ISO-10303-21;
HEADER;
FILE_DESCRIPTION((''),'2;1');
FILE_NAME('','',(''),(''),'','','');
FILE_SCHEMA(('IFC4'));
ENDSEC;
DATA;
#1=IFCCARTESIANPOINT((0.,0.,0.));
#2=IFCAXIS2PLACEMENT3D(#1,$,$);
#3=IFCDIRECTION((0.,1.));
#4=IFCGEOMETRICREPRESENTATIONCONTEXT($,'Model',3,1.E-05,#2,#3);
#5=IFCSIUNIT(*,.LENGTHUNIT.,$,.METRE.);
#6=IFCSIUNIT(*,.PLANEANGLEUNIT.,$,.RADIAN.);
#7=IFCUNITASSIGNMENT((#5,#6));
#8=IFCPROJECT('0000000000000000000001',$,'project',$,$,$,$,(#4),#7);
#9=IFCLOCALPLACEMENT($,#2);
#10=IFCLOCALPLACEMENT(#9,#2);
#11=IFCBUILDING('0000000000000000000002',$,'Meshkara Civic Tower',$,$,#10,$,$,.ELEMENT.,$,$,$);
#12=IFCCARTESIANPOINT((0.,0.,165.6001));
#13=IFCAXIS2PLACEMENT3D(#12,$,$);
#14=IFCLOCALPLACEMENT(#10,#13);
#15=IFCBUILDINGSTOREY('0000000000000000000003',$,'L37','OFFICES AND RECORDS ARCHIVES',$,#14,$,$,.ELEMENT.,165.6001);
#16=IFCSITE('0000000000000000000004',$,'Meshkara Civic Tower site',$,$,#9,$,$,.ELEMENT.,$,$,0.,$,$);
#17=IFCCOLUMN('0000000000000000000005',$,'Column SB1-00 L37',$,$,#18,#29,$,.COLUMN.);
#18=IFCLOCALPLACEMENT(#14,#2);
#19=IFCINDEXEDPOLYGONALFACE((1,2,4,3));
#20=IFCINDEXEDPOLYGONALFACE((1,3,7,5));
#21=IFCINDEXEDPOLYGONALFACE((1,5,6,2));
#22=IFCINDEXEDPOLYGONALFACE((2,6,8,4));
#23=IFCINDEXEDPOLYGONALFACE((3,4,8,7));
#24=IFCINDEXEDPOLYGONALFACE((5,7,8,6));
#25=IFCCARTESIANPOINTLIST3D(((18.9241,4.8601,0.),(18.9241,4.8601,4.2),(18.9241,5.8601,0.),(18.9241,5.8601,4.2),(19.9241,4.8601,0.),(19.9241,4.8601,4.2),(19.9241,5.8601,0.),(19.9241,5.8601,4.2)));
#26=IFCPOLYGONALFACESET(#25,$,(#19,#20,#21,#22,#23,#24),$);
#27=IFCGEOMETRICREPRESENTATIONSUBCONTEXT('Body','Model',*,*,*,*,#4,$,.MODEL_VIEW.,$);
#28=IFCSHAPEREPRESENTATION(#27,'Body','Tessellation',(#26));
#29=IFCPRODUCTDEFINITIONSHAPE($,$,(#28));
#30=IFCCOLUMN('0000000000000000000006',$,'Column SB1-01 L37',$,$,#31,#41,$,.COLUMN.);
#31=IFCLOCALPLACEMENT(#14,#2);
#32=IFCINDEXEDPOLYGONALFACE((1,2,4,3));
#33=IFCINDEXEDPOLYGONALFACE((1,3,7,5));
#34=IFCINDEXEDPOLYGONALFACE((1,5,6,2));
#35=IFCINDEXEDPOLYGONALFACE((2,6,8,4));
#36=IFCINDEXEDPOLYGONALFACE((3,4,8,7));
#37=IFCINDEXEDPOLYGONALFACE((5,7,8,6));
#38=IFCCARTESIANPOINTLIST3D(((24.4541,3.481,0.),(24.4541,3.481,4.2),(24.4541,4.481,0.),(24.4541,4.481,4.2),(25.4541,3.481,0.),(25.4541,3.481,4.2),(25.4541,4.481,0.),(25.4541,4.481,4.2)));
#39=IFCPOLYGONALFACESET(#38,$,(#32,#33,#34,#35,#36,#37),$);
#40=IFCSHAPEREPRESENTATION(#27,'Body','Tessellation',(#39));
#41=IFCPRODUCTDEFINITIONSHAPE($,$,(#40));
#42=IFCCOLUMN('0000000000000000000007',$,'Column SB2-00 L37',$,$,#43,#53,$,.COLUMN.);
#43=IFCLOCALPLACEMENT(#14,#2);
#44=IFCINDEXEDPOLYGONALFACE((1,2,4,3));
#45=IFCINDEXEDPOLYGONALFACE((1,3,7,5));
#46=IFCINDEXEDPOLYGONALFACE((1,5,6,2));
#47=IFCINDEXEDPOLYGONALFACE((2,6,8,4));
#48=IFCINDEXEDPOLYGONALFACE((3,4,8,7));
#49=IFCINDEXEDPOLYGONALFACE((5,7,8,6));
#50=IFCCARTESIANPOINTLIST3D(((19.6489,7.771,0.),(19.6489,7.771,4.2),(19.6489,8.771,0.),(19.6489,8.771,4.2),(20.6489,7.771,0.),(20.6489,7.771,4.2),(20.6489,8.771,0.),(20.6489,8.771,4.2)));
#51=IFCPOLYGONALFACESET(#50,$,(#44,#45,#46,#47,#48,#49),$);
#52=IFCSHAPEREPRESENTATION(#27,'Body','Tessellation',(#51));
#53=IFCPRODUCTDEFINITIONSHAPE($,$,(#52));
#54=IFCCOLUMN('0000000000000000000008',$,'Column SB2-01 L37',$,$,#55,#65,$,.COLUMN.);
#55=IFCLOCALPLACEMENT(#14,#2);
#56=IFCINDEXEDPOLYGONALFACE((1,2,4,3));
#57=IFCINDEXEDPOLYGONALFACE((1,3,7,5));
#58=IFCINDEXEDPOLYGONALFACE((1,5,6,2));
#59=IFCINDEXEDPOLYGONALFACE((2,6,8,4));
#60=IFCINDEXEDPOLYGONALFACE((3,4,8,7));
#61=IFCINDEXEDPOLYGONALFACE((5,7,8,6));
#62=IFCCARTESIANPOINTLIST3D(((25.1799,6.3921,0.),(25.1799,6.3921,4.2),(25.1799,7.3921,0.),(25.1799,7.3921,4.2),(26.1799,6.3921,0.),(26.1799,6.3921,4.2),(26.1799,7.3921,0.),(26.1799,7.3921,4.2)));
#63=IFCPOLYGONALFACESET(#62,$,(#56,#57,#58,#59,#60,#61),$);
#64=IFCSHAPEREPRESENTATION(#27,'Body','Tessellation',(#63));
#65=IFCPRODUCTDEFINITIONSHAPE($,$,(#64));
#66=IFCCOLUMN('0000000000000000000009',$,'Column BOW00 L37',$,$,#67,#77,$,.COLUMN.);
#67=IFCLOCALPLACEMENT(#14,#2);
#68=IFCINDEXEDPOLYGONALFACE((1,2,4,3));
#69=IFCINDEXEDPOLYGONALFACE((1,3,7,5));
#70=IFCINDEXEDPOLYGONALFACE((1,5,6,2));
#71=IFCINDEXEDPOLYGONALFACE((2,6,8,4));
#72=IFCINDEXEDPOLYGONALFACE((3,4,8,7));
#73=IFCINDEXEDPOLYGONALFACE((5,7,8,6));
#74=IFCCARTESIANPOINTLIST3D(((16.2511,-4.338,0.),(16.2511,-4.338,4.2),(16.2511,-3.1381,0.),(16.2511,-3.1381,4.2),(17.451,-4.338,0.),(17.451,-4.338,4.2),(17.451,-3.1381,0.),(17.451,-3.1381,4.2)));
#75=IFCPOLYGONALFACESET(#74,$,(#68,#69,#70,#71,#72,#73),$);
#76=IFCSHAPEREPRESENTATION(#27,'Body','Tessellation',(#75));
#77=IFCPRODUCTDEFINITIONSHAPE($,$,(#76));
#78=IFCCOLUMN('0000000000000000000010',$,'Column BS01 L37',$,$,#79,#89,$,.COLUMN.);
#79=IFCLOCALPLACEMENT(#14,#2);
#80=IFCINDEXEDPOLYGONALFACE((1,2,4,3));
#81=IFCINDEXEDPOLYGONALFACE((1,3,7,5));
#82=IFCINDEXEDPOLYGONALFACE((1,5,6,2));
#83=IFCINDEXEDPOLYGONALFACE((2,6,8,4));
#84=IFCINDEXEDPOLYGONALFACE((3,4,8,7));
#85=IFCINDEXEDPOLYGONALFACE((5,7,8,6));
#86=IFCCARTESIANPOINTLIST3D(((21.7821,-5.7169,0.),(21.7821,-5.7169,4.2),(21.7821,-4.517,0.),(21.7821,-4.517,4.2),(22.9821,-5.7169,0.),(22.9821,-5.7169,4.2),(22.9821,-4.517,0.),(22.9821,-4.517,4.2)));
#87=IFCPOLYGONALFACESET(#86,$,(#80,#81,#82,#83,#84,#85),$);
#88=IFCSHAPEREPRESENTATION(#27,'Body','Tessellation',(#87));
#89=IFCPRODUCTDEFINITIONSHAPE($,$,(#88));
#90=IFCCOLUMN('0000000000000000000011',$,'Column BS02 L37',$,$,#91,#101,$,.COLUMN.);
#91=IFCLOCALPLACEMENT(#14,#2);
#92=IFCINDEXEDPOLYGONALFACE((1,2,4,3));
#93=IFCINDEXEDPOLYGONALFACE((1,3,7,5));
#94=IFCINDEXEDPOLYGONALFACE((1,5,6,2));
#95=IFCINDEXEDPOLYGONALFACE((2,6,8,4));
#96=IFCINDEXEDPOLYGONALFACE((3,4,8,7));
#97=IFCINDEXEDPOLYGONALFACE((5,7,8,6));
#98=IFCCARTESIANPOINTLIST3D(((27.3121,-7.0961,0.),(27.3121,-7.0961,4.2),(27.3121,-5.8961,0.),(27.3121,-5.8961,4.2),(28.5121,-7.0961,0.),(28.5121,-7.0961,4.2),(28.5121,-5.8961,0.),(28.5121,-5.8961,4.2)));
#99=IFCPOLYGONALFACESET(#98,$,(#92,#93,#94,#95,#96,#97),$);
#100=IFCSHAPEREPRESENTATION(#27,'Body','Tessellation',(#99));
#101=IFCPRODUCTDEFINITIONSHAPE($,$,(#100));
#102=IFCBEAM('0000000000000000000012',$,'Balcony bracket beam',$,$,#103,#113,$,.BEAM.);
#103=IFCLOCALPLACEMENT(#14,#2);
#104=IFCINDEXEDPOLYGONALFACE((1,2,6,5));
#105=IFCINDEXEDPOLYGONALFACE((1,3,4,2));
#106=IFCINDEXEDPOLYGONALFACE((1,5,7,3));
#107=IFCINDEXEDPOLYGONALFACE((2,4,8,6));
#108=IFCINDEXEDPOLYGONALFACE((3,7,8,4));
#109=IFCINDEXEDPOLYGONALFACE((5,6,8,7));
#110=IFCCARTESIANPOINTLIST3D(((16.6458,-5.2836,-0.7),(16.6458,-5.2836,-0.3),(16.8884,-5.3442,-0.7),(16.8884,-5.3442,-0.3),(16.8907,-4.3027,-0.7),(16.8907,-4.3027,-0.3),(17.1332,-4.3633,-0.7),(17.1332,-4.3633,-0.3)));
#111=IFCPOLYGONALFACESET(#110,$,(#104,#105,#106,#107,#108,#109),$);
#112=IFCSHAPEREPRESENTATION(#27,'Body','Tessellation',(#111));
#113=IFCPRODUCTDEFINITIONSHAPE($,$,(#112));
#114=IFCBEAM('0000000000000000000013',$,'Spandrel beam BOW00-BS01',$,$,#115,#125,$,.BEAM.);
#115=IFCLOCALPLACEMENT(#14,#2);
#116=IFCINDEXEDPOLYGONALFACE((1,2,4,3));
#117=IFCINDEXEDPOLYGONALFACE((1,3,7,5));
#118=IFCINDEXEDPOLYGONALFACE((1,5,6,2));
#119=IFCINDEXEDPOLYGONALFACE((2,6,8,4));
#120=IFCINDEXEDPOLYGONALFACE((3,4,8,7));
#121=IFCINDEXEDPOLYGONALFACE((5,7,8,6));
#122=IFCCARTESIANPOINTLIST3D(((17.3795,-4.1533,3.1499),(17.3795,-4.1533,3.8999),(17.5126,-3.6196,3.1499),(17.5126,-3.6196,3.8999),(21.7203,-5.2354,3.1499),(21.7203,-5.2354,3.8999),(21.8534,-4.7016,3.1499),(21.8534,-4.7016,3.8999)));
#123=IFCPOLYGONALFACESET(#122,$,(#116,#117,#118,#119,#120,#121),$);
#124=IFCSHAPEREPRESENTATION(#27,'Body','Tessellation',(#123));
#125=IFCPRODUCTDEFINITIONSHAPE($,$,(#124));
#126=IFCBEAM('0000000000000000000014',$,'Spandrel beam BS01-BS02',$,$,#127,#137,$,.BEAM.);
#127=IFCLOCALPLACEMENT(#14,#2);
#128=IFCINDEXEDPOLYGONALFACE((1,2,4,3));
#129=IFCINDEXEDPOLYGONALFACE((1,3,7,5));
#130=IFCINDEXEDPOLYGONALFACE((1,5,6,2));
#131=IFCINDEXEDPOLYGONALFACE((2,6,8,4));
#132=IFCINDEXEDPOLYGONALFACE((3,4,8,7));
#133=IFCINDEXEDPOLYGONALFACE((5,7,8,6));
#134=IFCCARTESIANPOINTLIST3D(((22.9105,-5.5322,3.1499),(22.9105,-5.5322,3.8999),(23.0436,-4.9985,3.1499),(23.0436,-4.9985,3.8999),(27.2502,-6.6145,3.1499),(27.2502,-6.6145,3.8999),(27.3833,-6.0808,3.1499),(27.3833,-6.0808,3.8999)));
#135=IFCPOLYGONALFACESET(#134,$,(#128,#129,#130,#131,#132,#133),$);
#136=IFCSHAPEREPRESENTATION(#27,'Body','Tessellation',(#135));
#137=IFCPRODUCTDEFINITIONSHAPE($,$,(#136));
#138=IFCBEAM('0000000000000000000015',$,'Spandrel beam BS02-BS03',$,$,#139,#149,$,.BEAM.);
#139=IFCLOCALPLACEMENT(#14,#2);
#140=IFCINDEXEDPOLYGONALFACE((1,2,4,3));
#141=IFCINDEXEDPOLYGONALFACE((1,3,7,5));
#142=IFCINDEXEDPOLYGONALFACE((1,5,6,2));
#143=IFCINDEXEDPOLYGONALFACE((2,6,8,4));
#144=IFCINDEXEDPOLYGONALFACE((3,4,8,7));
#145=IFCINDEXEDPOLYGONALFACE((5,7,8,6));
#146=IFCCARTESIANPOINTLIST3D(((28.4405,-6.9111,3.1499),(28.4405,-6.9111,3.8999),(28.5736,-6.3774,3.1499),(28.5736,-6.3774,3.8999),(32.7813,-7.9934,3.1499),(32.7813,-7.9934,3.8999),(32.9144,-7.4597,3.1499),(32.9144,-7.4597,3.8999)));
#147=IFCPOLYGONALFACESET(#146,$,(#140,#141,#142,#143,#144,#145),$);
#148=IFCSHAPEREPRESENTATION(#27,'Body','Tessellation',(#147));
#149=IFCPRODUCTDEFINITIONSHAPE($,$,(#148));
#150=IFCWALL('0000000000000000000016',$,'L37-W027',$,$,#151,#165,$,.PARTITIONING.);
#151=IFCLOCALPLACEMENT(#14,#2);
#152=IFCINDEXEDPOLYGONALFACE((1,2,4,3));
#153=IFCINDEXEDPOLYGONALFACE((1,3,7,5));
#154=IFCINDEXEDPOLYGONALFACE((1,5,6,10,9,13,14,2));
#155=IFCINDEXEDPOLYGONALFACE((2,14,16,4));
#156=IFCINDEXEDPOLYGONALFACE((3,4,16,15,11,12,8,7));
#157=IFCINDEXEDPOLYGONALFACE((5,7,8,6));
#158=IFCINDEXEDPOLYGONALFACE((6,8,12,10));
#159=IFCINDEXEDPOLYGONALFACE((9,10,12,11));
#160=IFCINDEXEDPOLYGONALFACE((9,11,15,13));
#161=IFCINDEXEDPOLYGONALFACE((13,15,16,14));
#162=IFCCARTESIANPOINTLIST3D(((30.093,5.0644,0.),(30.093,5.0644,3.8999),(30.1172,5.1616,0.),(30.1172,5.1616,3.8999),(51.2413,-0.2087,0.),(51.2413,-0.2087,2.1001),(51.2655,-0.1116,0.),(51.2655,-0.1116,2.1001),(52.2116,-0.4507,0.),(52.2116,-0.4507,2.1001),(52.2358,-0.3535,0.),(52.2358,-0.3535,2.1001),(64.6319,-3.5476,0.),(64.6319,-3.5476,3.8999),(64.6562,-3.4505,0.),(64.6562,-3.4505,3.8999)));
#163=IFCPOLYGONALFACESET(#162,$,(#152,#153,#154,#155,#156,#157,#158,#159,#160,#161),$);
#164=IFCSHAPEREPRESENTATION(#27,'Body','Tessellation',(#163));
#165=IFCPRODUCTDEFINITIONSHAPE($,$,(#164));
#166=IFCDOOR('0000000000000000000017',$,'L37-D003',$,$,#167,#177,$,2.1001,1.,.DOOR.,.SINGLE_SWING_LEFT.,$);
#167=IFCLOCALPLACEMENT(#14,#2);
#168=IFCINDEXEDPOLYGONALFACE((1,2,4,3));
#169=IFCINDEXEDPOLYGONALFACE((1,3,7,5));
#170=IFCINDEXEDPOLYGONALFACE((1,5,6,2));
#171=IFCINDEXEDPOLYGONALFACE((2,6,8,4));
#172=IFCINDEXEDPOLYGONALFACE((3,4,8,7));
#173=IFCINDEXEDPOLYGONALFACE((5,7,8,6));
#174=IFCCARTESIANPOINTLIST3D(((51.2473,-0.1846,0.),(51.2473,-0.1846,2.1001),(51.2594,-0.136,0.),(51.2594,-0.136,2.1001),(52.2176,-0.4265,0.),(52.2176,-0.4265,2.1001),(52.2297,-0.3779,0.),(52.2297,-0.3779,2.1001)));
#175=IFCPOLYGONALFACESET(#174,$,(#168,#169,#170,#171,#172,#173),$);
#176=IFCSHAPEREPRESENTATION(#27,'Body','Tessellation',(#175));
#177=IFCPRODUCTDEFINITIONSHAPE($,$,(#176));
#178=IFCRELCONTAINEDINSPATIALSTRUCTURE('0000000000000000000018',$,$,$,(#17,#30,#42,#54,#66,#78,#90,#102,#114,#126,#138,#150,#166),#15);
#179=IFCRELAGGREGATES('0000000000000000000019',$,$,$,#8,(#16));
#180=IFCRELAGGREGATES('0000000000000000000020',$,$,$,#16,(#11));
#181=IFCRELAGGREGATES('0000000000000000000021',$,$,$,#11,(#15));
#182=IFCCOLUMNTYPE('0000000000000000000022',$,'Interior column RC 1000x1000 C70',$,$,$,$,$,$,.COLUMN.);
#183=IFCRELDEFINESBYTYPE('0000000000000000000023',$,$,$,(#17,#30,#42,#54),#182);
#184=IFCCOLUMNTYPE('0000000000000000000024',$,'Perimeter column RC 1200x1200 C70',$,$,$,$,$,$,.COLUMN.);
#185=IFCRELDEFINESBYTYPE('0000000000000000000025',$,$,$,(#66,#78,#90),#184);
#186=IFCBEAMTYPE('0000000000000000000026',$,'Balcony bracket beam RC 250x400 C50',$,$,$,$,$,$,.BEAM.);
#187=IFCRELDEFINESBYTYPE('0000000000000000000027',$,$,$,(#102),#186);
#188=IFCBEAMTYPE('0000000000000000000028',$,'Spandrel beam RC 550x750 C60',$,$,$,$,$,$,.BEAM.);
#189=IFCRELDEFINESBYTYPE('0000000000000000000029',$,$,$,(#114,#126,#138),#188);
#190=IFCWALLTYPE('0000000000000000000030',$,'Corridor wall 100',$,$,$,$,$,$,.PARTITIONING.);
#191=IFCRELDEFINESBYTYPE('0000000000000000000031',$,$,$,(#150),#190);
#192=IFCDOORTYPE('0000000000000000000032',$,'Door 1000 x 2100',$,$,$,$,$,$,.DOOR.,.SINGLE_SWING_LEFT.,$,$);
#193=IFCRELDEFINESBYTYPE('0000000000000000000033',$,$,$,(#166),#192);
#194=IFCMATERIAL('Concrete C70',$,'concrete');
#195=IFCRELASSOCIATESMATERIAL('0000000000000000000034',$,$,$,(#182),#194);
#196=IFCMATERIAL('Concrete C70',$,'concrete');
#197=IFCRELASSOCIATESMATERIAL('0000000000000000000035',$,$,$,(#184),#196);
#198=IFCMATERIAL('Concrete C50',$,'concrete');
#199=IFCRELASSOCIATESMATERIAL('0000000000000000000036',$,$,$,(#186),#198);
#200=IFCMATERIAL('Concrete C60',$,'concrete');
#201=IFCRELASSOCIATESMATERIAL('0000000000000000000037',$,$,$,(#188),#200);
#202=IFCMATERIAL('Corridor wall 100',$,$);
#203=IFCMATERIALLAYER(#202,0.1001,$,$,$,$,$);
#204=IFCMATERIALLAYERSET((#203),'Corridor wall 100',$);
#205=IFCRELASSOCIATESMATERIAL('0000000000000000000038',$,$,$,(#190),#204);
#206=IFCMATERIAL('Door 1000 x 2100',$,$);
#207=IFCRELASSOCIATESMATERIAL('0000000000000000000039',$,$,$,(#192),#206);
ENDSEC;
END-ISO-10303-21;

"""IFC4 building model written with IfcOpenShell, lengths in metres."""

from ifc_helpers import new_model, si_unit, direction, frame, frame_2d, origin, origin_2d, place, context, subcontext, project, spatial, rectangle, extrude, material, layer, layer_set, material_profile, profile_set, type_object, element, fill, save


model = new_model("IFC4")

# Units and contexts
model_context = context("Model", 3, precision=1e-05, world=origin(), true_north=direction((0.0, 1.0)))
body_context = subcontext(model_context, "Body", "Model", "MODEL_VIEW")
ifc_project = project(units=[si_unit("LENGTHUNIT", "METRE"), si_unit("PLANEANGLEUNIT", "RADIAN")], contexts=[model_context])

# Site, building, storey
site_placement = place(None, origin())
site = spatial("IfcSite", under=ifc_project, at=site_placement, Name="Meshkara Civic Tower site", CompositionType="ELEMENT", RefElevation=0.0)
building_placement = place(site_placement, origin())
building = spatial("IfcBuilding", under=site, at=building_placement, Name="Meshkara Civic Tower", CompositionType="ELEMENT")
storey_placement = place(building_placement, frame((0.0, 0.0, 165.6001)))
storey = spatial("IfcBuildingStorey", under=building, at=storey_placement, Name="L37", Description="OFFICES AND RECORDS ARCHIVES", CompositionType="ELEMENT", Elevation=165.6001)

# Columns
ifc_material_1 = material(Name="Concrete C70", Category="concrete")
ifc_material_profile_1 = material_profile(ifc_material_1, rectangle(XDim=1.0, YDim=1.0, at=origin_2d()))
ifc_profile_set_1 = profile_set([ifc_material_profile_1], Name="Concrete C70")
column_type_1 = type_object("IfcColumnType", Name="Interior column RC 1000x1000 C70", PredefinedType="COLUMN", material=ifc_profile_set_1)
for number, where, z_axis, x_axis, name in (
    (1, (19.4241, 5.3601, 0.0), (0.0, 0.0, 1.0), (1.0, 0.0, 0.0), "Column SB1-00 L37"),
    (2, (24.9541, 3.981, 0.0), (0.0, 0.0, 1.0), (1.0, 0.0, 0.0), "Column SB1-01 L37"),
    (3, (20.1489, 8.271, 0.0), (0.0, 0.0, 1.0), (1.0, 0.0, 0.0), "Column SB2-00 L37"),
    (4, (25.6799, 6.8921, 0.0), (0.0, 0.0, 1.0), (1.0, 0.0, 0.0), "Column SB2-01 L37"),
):
    element("IfcColumn", number, at=place(storey_placement, frame(where, z_axis=z_axis, x_axis=x_axis)), inside=storey, type_object=column_type_1, Name=name, PredefinedType="COLUMN", context=body_context, shape_type="SweptSolid", body=[
        extrude(rectangle(XDim=1.0, YDim=1.0, at=origin_2d()), origin(), (0.0, 0.0, 1.0), 4.2),
    ])
ifc_material_2 = material(Name="Concrete C70", Category="concrete")
ifc_material_profile_2 = material_profile(ifc_material_2, rectangle(XDim=1.2, YDim=1.2, at=origin_2d()))
ifc_profile_set_2 = profile_set([ifc_material_profile_2], Name="Concrete C70")
column_type_2 = type_object("IfcColumnType", Name="Perimeter column RC 1200x1200 C70", PredefinedType="COLUMN", material=ifc_profile_set_2)
for number, where, z_axis, x_axis, name in (
    (5, (16.8511, -3.738, 0.0), (0.0, 0.0, 1.0), (1.0, 0.0, 0.0), "Column BOW00 L37"),
    (6, (22.3821, -5.1169, 0.0), (0.0, 0.0, 1.0), (1.0, 0.0, 0.0), "Column BS01 L37"),
    (7, (27.9121, -6.4961, 0.0), (0.0, 0.0, 1.0), (1.0, 0.0, 0.0), "Column BS02 L37"),
):
    element("IfcColumn", number, at=place(storey_placement, frame(where, z_axis=z_axis, x_axis=x_axis)), inside=storey, type_object=column_type_2, Name=name, PredefinedType="COLUMN", context=body_context, shape_type="SweptSolid", body=[
        extrude(rectangle(XDim=1.2, YDim=1.2, at=origin_2d()), origin(), (0.0, 0.0, 1.0), 4.2),
    ])

# Beams
ifc_material_3 = material(Name="Concrete C50", Category="concrete")
ifc_material_profile_3 = material_profile(ifc_material_3, rectangle(XDim=0.25, YDim=0.3999, at=origin_2d()))
ifc_profile_set_3 = profile_set([ifc_material_profile_3], Name="Concrete C50")
beam_type_1 = type_object("IfcBeamType", Name="Balcony bracket beam RC 250x400 C50", PredefinedType="BEAM", material=ifc_profile_set_3)
beam_1_placement = place(storey_placement, frame((17.012, -4.333, -0.5), z_axis=(-0.242195, -0.970228, 0.0), x_axis=(0.970228, -0.242195, 0.0)))
element("IfcBeam", 8, at=beam_1_placement, inside=storey, type_object=beam_type_1, Name="Balcony bracket beam", PredefinedType="BEAM", context=body_context, shape_type="SweptSolid", body=[
    extrude(rectangle(XDim=0.25, YDim=0.3999, at=origin_2d()), origin(), (0.0, 0.0, 1.0), 1.011),
])
ifc_material_4 = material(Name="Concrete C60", Category="concrete")
ifc_material_profile_4 = material_profile(ifc_material_4, rectangle(XDim=0.55, YDim=0.75, at=origin_2d()))
ifc_profile_set_4 = profile_set([ifc_material_profile_4], Name="Concrete C60")
beam_type_2 = type_object("IfcBeamType", Name="Spandrel beam RC 550x750 C60", PredefinedType="BEAM", material=ifc_profile_set_4)
beam_2_placement = place(storey_placement, frame((17.446, -3.8865, 3.5249), z_axis=(0.970309, -0.241868, 0.0), x_axis=(0.241868, 0.970309, 0.0)))
element("IfcBeam", 9, at=beam_2_placement, inside=storey, type_object=beam_type_2, Name="Spandrel beam BOW00-BS01", PredefinedType="BEAM", context=body_context, shape_type="SweptSolid", body=[
    extrude(rectangle(XDim=0.55, YDim=0.75, at=origin_2d()), origin(), (0.0, 0.0, 1.0), 4.4736),
])
beam_3_placement = place(storey_placement, frame((22.9771, -5.2654, 3.5249), z_axis=(0.970284, -0.24197, 0.0), x_axis=(0.24197, 0.970284, 0.0)))
element("IfcBeam", 10, at=beam_3_placement, inside=storey, type_object=beam_type_2, Name="Spandrel beam BS01-BS02", PredefinedType="BEAM", context=body_context, shape_type="SweptSolid", body=[
    extrude(rectangle(XDim=0.55, YDim=0.75, at=origin_2d()), origin(), (0.0, 0.0, 1.0), 4.4727),
])
beam_4_placement = place(storey_placement, frame((28.5071, -6.6443, 3.5249), z_axis=(0.970296, -0.241919, 0.0), x_axis=(0.241919, 0.970296, 0.0)))
element("IfcBeam", 11, at=beam_4_placement, inside=storey, type_object=beam_type_2, Name="Spandrel beam BS02-BS03", PredefinedType="BEAM", context=body_context, shape_type="SweptSolid", body=[
    extrude(rectangle(XDim=0.55, YDim=0.75, at=origin_2d()), origin(), (0.0, 0.0, 1.0), 4.4736),
])

# Wall, opening, door
ifc_material_5 = material(Name="Corridor wall 100")
ifc_layer_1 = layer(ifc_material_5, 0.1001)
ifc_layer_set_1 = layer_set([ifc_layer_1], Name="Corridor wall 100")
wall_type_1 = type_object("IfcWallType", Name="Corridor wall 100", PredefinedType="PARTITIONING", material=ifc_layer_set_1)
wall_1_placement = place(storey_placement, frame((30.105, 5.113, 0.0), z_axis=(0.0, 0.0, 1.0), x_axis=(0.970292, -0.241935, 0.0)))
wall_1 = element("IfcWall", 12, at=wall_1_placement, inside=storey, type_object=wall_type_1, Name="L37-W027", PredefinedType="PARTITIONING", context=body_context, shape_type="SweptSolid", body=[
    extrude(rectangle(XDim=35.5964, YDim=0.1001, at=frame_2d((17.7983, 0.0))), origin(), (0.0, 0.0, 1.0), 3.8999),
])
opening_1_placement = place(wall_1_placement, frame((21.7959, 0.0, 0.0)))
opening_1 = element("IfcOpeningElement", 13, at=opening_1_placement, cuts=wall_1, PredefinedType="OPENING", context=body_context, shape_type="SweptSolid", body=[
    extrude(rectangle(XDim=1.0, YDim=2.1001, at=frame_2d((0.5, 1.05))), frame((0.0, 0.0601, 0.0), z_axis=(0.0, -1.0, 0.0), x_axis=(1.0, 0.0, 0.0)), (0.0, 0.0, 1.0), 0.1201),
])
ifc_material_6 = material(Name="Door 1000 x 2100")
door_type_1 = type_object("IfcDoorType", Name="Door 1000 x 2100", OperationType="SINGLE_SWING_LEFT", PredefinedType="DOOR", material=ifc_material_6)
door_1_placement = place(opening_1_placement, origin())
door_1 = element("IfcDoor", 14, at=door_1_placement, inside=storey, type_object=door_type_1, Name="L37-D003", OperationType="SINGLE_SWING_LEFT", OverallHeight=2.1001, OverallWidth=1.0, PredefinedType="DOOR", context=body_context, shape_type="SweptSolid", body=[
    extrude(rectangle(XDim=1.0, YDim=2.1001, at=frame_2d((0.5, 1.05))), frame((0.0, 0.0249, 0.0), z_axis=(0.0, -1.0, 0.0), x_axis=(1.0, 0.0, 0.0)), (0.0, 0.0, 1.0), 0.05),
])
fill(opening_1, door_1)

save(model, "model.ifc")
